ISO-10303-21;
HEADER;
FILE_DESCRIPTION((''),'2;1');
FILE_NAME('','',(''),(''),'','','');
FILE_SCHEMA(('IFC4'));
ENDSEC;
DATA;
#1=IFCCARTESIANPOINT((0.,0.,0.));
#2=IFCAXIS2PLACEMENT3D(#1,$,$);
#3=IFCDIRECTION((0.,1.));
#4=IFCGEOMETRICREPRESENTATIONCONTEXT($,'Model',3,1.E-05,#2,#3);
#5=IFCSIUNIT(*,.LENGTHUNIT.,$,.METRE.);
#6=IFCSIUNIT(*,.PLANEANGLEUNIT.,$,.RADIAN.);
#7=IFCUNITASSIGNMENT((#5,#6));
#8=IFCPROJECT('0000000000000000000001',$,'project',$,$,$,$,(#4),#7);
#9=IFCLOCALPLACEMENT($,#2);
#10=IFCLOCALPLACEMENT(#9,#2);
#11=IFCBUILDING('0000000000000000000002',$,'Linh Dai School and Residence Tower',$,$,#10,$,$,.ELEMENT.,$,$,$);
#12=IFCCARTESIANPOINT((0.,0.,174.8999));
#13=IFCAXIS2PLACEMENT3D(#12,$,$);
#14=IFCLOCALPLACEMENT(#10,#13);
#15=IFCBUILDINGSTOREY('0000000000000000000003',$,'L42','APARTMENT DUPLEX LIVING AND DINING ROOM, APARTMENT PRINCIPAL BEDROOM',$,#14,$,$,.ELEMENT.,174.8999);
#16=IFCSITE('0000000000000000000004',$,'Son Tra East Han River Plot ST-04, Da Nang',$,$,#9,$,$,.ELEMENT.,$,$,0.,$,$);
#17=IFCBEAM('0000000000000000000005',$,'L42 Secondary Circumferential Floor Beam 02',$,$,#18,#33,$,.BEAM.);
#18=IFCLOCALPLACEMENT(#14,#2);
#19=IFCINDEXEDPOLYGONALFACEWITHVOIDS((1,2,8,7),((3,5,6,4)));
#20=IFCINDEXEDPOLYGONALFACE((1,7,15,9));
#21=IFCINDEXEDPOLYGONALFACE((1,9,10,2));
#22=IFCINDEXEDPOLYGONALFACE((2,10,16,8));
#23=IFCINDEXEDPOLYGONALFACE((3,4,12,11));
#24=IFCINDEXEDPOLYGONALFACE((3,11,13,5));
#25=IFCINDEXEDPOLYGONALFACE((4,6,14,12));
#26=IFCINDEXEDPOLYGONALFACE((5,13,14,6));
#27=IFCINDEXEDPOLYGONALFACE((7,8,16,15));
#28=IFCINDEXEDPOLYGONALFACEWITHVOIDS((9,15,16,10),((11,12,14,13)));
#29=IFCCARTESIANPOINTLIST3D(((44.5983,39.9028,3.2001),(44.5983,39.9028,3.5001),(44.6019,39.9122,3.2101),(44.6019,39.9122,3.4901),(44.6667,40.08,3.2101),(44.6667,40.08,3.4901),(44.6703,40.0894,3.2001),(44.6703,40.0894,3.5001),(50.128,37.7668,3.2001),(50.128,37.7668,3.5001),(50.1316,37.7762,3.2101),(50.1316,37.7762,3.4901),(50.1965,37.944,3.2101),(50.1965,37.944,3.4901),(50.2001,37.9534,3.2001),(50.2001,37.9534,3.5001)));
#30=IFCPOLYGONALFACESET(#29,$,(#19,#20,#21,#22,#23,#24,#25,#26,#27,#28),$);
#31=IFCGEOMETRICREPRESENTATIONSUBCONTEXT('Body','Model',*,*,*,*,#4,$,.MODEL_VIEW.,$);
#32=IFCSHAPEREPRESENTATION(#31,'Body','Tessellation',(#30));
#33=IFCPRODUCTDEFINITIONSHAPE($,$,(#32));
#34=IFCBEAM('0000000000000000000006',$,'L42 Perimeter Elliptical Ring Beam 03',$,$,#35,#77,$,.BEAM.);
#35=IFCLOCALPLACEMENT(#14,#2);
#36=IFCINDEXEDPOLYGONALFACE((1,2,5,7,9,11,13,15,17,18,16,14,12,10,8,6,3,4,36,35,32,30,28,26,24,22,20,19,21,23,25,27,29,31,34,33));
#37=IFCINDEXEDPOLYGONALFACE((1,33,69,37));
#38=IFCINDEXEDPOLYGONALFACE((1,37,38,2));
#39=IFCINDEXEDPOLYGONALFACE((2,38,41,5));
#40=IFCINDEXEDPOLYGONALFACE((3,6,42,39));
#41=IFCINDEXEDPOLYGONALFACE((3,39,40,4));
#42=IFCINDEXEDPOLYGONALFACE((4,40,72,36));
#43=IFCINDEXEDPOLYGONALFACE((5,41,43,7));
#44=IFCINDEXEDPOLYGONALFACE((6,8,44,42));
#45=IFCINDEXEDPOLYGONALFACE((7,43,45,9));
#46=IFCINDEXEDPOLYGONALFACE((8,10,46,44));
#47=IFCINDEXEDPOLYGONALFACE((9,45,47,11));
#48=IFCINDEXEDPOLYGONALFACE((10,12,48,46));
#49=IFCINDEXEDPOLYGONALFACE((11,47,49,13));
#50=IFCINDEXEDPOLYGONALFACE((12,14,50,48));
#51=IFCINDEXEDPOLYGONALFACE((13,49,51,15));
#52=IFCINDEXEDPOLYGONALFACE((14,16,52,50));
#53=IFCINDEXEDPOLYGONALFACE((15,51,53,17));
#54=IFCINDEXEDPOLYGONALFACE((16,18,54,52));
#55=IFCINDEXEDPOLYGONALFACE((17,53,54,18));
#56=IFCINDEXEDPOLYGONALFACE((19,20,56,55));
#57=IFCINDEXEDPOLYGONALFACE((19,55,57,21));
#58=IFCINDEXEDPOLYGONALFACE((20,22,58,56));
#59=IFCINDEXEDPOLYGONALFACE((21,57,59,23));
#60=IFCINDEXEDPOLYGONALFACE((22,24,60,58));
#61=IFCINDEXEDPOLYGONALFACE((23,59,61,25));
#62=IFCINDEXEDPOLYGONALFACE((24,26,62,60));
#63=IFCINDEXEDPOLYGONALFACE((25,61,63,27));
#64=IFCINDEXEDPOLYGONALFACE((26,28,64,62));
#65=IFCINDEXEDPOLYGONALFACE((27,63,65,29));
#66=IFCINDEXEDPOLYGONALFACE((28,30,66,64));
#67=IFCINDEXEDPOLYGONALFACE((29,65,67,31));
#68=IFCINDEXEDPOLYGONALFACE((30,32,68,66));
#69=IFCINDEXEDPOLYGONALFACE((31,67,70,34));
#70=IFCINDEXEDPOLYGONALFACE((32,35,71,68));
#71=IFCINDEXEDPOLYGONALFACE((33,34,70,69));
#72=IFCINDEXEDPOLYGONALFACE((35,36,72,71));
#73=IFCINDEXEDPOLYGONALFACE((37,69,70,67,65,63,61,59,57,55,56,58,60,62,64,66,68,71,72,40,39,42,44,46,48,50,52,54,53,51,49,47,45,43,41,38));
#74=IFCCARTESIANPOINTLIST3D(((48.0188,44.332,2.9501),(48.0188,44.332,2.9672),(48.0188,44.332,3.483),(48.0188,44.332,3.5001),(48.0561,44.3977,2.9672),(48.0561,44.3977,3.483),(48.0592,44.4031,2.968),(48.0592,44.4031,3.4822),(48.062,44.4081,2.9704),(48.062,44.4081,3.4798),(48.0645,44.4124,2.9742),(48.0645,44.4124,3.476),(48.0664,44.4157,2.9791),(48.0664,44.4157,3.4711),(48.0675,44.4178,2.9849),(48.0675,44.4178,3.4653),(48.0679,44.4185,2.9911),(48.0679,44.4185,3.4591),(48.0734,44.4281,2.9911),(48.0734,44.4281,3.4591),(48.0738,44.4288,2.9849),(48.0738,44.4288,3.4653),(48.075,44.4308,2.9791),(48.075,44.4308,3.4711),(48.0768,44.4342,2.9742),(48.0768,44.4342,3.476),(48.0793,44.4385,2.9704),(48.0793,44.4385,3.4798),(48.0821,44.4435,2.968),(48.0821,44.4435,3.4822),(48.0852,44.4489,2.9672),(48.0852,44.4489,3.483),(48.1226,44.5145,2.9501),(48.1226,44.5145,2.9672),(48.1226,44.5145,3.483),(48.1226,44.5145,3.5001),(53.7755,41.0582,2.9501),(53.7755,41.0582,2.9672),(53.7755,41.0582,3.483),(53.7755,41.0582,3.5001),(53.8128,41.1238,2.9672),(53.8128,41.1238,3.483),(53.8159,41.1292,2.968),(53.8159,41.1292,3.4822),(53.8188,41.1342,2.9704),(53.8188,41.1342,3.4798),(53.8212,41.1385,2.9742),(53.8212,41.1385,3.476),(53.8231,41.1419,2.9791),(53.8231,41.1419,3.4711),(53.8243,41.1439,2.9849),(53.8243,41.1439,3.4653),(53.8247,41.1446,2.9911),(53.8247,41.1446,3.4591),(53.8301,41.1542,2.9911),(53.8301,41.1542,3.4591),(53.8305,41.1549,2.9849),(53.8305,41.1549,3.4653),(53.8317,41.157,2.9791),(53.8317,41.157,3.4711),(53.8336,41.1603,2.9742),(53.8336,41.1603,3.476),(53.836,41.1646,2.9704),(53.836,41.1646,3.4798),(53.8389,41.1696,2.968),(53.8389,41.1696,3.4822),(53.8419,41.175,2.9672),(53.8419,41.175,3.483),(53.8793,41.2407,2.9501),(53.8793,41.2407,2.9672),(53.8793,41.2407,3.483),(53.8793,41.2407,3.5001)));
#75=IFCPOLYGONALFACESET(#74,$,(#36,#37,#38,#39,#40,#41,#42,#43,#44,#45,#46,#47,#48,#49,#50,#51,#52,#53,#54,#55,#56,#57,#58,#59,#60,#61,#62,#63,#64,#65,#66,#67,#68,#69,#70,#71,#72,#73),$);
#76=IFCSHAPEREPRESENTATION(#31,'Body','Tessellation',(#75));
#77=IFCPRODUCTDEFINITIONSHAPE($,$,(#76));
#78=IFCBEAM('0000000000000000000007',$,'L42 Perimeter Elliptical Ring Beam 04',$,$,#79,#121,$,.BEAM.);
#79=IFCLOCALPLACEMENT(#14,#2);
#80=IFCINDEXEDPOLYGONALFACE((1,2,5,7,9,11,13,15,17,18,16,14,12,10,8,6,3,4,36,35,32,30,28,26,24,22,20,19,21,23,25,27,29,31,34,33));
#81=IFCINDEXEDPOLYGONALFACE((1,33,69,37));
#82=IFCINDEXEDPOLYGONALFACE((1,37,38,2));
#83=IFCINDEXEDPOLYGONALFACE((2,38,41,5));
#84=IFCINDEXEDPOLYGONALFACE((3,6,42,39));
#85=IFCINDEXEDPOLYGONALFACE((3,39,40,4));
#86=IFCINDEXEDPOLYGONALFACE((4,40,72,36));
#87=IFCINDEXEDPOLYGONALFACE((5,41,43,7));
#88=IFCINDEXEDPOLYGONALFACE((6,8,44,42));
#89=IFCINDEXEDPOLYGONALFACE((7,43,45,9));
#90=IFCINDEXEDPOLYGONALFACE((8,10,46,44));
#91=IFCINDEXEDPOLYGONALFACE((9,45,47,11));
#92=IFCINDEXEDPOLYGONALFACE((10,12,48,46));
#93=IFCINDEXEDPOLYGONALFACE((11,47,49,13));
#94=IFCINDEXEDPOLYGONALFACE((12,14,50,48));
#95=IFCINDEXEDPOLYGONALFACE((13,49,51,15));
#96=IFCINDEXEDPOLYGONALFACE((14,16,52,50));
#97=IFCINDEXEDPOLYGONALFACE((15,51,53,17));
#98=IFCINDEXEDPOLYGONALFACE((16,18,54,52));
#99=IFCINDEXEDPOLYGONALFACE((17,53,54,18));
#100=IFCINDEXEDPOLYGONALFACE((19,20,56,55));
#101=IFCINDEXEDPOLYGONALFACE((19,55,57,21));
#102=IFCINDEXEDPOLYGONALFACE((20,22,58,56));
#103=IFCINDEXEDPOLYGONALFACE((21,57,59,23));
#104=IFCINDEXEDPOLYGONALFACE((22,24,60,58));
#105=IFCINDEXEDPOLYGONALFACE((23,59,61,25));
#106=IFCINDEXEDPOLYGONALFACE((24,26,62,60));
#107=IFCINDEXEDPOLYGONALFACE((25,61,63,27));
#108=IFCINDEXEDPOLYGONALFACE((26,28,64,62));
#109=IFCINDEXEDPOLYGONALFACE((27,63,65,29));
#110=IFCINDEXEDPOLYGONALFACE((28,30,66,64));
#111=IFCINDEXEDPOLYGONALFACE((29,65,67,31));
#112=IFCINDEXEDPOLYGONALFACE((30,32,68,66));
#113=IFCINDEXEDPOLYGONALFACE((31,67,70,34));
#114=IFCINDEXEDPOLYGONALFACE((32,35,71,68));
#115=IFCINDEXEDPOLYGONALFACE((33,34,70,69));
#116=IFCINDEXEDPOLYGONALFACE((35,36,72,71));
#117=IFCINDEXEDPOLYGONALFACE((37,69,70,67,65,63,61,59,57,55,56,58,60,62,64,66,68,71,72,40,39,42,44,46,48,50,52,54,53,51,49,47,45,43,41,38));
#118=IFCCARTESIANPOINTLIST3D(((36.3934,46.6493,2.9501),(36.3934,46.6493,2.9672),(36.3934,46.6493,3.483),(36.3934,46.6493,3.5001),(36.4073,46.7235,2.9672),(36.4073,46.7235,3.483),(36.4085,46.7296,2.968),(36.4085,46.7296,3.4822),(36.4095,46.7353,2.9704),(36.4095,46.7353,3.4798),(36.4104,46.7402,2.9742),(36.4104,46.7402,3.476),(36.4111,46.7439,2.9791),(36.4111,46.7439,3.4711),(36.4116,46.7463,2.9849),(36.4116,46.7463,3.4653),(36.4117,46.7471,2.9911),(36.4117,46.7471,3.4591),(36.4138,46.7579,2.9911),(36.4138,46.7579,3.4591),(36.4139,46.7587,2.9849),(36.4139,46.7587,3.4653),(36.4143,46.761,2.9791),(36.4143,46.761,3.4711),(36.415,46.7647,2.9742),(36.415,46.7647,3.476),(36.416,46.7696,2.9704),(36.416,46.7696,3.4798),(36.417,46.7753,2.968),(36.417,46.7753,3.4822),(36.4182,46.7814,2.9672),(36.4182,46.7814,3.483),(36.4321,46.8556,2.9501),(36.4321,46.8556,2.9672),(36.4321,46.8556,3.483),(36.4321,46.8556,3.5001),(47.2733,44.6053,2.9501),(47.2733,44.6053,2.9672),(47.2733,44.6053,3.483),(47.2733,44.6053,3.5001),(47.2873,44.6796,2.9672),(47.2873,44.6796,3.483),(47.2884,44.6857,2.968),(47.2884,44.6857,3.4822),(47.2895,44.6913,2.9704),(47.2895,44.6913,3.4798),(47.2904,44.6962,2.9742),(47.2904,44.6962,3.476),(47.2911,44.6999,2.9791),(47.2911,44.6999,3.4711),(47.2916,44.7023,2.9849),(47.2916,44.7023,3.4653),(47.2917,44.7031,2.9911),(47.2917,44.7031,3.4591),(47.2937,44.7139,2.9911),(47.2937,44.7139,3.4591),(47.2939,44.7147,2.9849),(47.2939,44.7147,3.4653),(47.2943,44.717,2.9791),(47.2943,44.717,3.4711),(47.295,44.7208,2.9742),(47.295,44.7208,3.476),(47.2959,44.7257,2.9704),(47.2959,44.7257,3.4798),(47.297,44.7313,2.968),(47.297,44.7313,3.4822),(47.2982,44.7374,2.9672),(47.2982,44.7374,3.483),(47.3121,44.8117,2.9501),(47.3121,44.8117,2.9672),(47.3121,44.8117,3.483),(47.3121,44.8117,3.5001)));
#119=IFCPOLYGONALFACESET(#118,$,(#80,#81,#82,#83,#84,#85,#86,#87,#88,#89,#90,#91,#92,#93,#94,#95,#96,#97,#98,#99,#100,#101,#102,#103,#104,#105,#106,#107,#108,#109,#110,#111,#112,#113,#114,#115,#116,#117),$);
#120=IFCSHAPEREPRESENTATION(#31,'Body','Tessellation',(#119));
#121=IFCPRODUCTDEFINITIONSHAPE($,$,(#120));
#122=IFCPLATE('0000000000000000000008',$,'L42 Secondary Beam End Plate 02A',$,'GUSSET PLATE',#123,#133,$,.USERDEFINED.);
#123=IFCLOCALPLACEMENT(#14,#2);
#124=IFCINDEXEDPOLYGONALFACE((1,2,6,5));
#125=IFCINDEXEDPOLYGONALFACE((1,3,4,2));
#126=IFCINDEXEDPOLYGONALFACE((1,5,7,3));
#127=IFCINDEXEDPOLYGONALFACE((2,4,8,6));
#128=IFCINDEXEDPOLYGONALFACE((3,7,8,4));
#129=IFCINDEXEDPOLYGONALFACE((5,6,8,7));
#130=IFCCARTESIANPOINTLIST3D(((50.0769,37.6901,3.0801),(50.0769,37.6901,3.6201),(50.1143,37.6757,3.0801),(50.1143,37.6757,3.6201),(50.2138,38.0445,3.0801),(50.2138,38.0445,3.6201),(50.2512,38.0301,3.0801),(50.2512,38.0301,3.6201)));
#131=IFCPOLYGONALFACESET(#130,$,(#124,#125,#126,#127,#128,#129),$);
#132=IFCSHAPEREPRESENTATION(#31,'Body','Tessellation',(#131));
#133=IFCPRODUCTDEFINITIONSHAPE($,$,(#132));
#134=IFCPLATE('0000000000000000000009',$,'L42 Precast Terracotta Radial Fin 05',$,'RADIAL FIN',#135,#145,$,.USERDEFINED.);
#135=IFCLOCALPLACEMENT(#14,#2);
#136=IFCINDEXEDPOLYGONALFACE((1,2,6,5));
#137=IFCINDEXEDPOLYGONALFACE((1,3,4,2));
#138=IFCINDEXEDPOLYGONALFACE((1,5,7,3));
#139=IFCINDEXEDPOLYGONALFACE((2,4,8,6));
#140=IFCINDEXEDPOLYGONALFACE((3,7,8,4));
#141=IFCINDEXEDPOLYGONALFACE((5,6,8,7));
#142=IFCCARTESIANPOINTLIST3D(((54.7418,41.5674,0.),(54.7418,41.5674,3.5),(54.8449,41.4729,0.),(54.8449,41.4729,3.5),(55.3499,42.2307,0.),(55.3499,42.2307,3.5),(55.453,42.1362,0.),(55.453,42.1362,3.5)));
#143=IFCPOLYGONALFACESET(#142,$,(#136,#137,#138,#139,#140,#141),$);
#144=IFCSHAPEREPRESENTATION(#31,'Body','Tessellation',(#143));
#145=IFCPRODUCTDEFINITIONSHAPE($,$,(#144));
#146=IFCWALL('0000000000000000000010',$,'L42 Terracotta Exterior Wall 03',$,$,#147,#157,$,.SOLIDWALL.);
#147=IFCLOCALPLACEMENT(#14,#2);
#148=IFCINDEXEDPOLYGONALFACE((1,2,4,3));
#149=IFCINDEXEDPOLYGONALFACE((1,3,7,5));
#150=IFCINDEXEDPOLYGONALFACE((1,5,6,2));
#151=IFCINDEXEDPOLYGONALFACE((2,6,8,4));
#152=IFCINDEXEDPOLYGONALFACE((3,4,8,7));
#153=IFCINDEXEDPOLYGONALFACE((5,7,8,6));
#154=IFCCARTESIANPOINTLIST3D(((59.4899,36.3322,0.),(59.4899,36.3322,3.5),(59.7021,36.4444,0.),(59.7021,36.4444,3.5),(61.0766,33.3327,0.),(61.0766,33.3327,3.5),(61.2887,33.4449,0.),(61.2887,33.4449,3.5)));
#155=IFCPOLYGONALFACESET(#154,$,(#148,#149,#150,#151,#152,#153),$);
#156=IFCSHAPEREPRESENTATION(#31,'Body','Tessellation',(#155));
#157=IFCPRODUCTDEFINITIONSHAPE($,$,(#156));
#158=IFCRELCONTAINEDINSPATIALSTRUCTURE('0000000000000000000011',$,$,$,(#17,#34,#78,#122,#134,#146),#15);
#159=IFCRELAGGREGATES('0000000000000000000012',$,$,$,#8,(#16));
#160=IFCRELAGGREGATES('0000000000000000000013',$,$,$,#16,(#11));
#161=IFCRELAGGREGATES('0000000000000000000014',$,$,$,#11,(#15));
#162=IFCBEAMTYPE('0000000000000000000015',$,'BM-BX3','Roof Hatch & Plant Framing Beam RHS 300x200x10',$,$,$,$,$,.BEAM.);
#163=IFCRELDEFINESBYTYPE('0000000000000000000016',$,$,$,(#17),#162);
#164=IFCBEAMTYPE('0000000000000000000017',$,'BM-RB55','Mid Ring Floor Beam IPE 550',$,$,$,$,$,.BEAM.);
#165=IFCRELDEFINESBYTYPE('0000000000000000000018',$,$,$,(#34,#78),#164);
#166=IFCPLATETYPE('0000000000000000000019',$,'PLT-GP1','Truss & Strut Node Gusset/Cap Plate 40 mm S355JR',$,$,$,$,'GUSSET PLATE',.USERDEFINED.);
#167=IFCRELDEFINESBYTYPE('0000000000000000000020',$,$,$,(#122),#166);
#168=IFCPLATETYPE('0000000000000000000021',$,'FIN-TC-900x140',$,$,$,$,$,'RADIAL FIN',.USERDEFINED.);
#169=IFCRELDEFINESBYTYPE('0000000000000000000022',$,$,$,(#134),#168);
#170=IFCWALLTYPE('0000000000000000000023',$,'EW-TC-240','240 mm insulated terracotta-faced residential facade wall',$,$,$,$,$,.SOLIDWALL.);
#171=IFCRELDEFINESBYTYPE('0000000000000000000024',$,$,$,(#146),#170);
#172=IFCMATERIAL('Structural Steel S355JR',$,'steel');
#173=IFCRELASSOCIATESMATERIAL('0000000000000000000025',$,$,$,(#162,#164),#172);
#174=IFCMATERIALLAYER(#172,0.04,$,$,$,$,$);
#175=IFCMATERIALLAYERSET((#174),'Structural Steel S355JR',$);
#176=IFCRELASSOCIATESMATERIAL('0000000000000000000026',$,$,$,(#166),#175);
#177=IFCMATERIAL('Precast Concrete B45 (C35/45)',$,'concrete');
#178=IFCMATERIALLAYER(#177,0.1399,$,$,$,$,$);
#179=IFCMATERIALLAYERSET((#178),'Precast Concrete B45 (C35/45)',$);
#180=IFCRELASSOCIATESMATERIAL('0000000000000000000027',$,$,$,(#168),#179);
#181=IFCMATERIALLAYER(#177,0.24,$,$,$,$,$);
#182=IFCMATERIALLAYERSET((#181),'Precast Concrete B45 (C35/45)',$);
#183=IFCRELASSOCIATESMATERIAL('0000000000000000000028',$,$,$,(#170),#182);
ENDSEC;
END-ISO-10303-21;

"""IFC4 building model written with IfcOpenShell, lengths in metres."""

from ifc_helpers import new_model, si_unit, direction, frame, frame_2d, origin, origin_2d, place, context, subcontext, project, spatial, rectangle, hollow_rectangle, i_section, extrude, source, transform, mapped, material, layer, layer_set, material_profile, profile_set, type_object, element, save


model = new_model("IFC4")

# Units and contexts
model_context = context("Model", 3, precision=1e-05, world=origin(), true_north=direction((0.0, 1.0)))
body_context = subcontext(model_context, "Body", "Model", "MODEL_VIEW")
ifc_project = project(units=[si_unit("LENGTHUNIT", "METRE"), si_unit("PLANEANGLEUNIT", "RADIAN")], contexts=[model_context])

# Site, building, storey
site_placement = place(None, origin())
site = spatial("IfcSite", under=ifc_project, at=site_placement, Name="Son Tra East Han River Plot ST-04, Da Nang", CompositionType="ELEMENT", RefElevation=0.0)
building_placement = place(site_placement, origin())
building = spatial("IfcBuilding", under=site, at=building_placement, Name="Linh Dai School and Residence Tower", CompositionType="ELEMENT")
storey_placement = place(building_placement, frame((0.0, 0.0, 174.8999)))
storey = spatial("IfcBuildingStorey", under=building, at=storey_placement, Name="L42", Description="APARTMENT DUPLEX LIVING AND DINING ROOM, APARTMENT PRINCIPAL BEDROOM", CompositionType="ELEMENT", Elevation=174.8999)

# Shared definitions
ifc_material_1 = material(Name="Structural Steel S355JR", Category="steel")

# Beams
ifc_material_profile_1 = material_profile(ifc_material_1, hollow_rectangle(XDim=0.2, YDim=0.3, WallThickness=0.01, at=origin_2d()), Name="RHS 300x200x10")
ifc_profile_set_1 = profile_set([ifc_material_profile_1], Name="Structural Steel S355JR")
beam_type_1 = type_object("IfcBeamType", Name="BM-BX3", Description="Roof Hatch & Plant Framing Beam RHS 300x200x10", PredefinedType="BEAM", material=ifc_profile_set_1)
beam_1_placement = place(storey_placement, frame((50.1641, 37.8601, 3.3501), z_axis=(-0.932828, 0.360323, 0.0), x_axis=(-0.360323, -0.932828, 0.0)))
element("IfcBeam", 1, at=beam_1_placement, inside=storey, type_object=beam_type_1, Name="L42 Secondary Circumferential Floor Beam 02", PredefinedType="BEAM", context=body_context, shape_type="SweptSolid", body=[
    extrude(hollow_rectangle(XDim=0.2, YDim=0.3, WallThickness=0.01, at=origin_2d()), origin(), (0.0, 0.0, 1.0), 5.928),
])
ifc_material_profile_2 = material_profile(ifc_material_1, i_section(OverallWidth=0.21, OverallDepth=0.55, WebThickness=0.011, FlangeThickness=0.0171, FilletRadius=0.0239, at=origin_2d()), Name="IPE 550")
ifc_profile_set_2 = profile_set([ifc_material_profile_2], Name="Structural Steel S355JR")
beam_type_2 = type_object("IfcBeamType", Name="BM-RB55", Description="Mid Ring Floor Beam IPE 550", PredefinedType="BEAM", material=ifc_profile_set_2)
beam_2_placement = place(storey_placement, frame((53.8274, 41.1494, 3.2251), z_axis=(-0.869262, 0.494351, 0.0), x_axis=(-0.494351, -0.869262, 0.0)))
element("IfcBeam", 2, at=beam_2_placement, inside=storey, type_object=beam_type_2, Name="L42 Perimeter Elliptical Ring Beam 03", PredefinedType="BEAM", context=body_context, shape_type="SweptSolid", body=[
    extrude(i_section(OverallWidth=0.21, OverallDepth=0.55, WebThickness=0.011, FlangeThickness=0.0171, FilletRadius=0.0239, at=origin_2d()), origin(), (0.0, 0.0, 1.0), 6.6226),
])
beam_3_placement = place(storey_placement, frame((47.2927, 44.7085, 3.2251), z_axis=(-0.982807, 0.184635, 0.0), x_axis=(-0.184635, -0.982807, 0.0)))
element("IfcBeam", 3, at=beam_3_placement, inside=storey, type_object=beam_type_2, Name="L42 Perimeter Elliptical Ring Beam 04", PredefinedType="BEAM", context=body_context, shape_type="SweptSolid", body=[
    extrude(i_section(OverallWidth=0.21, OverallDepth=0.55, WebThickness=0.011, FlangeThickness=0.0171, FilletRadius=0.0239, at=origin_2d()), origin(), (0.0, 0.0, 1.0), 11.0703),
])

# Plates
ifc_layer_1 = layer(ifc_material_1, 0.04)
ifc_layer_set_1 = layer_set([ifc_layer_1], Name="Structural Steel S355JR")
plate_type_1 = type_object("IfcPlateType", Name="PLT-GP1", Description="Truss & Strut Node Gusset/Cap Plate 40 mm S355JR", ElementType="GUSSET PLATE", PredefinedType="USERDEFINED", material=ifc_layer_set_1)
shared_shape_1 = source(origin(), body_context, "Body", "SweptSolid", [
    extrude(rectangle(XDim=0.04, YDim=0.3799, at=origin_2d()), origin(), (0.0, 0.0, 1.0), 0.54),
])
plate_1_placement = place(storey_placement, frame((50.1641, 37.8601, 3.0801), z_axis=(0.0, 0.0, 1.0), x_axis=(-0.932823, 0.360335, 0.0)))
element("IfcPlate", 4, at=plate_1_placement, inside=storey, type_object=plate_type_1, Name="L42 Secondary Beam End Plate 02A", ObjectType="GUSSET PLATE", PredefinedType="USERDEFINED", context=body_context, shape_type="MappedRepresentation", body=[
    mapped(shared_shape_1, transform((0.0, 0.0, 0.0), x_axis=(1.0, 0.0, 0.0), y_axis=(0.0, 1.0, 0.0), z_axis=(0.0, 0.0, 1.0), scale=1.0)),
])
ifc_material_2 = material(Name="Precast Concrete B45 (C35/45)", Category="concrete")
ifc_layer_2 = layer(ifc_material_2, 0.1399)
ifc_layer_set_2 = layer_set([ifc_layer_2], Name="Precast Concrete B45 (C35/45)")
plate_type_2 = type_object("IfcPlateType", Name="FIN-TC-900x140", ElementType="RADIAL FIN", PredefinedType="USERDEFINED", material=ifc_layer_set_2)
shared_shape_2 = source(origin(), body_context, "Body", "SweptSolid", [
    extrude(rectangle(XDim=0.8999, YDim=0.1399, at=origin_2d()), origin(), (0.0, 0.0, 1.0), 3.5),
])
plate_2_placement = place(storey_placement, frame((55.0974, 41.8518, 0.0), z_axis=(0.0, 0.0, 1.0), x_axis=(0.6758, 0.737085, 0.0)))
element("IfcPlate", 5, at=plate_2_placement, inside=storey, type_object=plate_type_2, Name="L42 Precast Terracotta Radial Fin 05", ObjectType="RADIAL FIN", PredefinedType="USERDEFINED", context=body_context, shape_type="MappedRepresentation", body=[
    mapped(shared_shape_2, transform((0.0, 0.0, 0.0), x_axis=(1.0, 0.0, 0.0), y_axis=(0.0, 1.0, 0.0), z_axis=(0.0, 0.0, 1.0), scale=1.0)),
])

# Wall
ifc_layer_3 = layer(ifc_material_2, 0.24)
ifc_layer_set_3 = layer_set([ifc_layer_3], Name="Precast Concrete B45 (C35/45)")
wall_type_1 = type_object("IfcWallType", Name="EW-TC-240", Description="240 mm insulated terracotta-faced residential facade wall", PredefinedType="SOLIDWALL", material=ifc_layer_set_3)
wall_1_placement = place(storey_placement, frame((59.5959, 36.3884, 0.0), z_axis=(0.0, 0.0, 1.0), x_axis=(0.467587, -0.883947, 0.0)))
element("IfcWall", 6, at=wall_1_placement, inside=storey, type_object=wall_type_1, Name="L42 Terracotta Exterior Wall 03", PredefinedType="SOLIDWALL", context=body_context, shape_type="SweptSolid", body=[
    extrude(rectangle(XDim=3.3933, YDim=0.24, at=frame_2d((1.6968, 0.0))), origin(), (0.0, 0.0, 1.0), 3.5),
])

save(model, "model.ifc")
